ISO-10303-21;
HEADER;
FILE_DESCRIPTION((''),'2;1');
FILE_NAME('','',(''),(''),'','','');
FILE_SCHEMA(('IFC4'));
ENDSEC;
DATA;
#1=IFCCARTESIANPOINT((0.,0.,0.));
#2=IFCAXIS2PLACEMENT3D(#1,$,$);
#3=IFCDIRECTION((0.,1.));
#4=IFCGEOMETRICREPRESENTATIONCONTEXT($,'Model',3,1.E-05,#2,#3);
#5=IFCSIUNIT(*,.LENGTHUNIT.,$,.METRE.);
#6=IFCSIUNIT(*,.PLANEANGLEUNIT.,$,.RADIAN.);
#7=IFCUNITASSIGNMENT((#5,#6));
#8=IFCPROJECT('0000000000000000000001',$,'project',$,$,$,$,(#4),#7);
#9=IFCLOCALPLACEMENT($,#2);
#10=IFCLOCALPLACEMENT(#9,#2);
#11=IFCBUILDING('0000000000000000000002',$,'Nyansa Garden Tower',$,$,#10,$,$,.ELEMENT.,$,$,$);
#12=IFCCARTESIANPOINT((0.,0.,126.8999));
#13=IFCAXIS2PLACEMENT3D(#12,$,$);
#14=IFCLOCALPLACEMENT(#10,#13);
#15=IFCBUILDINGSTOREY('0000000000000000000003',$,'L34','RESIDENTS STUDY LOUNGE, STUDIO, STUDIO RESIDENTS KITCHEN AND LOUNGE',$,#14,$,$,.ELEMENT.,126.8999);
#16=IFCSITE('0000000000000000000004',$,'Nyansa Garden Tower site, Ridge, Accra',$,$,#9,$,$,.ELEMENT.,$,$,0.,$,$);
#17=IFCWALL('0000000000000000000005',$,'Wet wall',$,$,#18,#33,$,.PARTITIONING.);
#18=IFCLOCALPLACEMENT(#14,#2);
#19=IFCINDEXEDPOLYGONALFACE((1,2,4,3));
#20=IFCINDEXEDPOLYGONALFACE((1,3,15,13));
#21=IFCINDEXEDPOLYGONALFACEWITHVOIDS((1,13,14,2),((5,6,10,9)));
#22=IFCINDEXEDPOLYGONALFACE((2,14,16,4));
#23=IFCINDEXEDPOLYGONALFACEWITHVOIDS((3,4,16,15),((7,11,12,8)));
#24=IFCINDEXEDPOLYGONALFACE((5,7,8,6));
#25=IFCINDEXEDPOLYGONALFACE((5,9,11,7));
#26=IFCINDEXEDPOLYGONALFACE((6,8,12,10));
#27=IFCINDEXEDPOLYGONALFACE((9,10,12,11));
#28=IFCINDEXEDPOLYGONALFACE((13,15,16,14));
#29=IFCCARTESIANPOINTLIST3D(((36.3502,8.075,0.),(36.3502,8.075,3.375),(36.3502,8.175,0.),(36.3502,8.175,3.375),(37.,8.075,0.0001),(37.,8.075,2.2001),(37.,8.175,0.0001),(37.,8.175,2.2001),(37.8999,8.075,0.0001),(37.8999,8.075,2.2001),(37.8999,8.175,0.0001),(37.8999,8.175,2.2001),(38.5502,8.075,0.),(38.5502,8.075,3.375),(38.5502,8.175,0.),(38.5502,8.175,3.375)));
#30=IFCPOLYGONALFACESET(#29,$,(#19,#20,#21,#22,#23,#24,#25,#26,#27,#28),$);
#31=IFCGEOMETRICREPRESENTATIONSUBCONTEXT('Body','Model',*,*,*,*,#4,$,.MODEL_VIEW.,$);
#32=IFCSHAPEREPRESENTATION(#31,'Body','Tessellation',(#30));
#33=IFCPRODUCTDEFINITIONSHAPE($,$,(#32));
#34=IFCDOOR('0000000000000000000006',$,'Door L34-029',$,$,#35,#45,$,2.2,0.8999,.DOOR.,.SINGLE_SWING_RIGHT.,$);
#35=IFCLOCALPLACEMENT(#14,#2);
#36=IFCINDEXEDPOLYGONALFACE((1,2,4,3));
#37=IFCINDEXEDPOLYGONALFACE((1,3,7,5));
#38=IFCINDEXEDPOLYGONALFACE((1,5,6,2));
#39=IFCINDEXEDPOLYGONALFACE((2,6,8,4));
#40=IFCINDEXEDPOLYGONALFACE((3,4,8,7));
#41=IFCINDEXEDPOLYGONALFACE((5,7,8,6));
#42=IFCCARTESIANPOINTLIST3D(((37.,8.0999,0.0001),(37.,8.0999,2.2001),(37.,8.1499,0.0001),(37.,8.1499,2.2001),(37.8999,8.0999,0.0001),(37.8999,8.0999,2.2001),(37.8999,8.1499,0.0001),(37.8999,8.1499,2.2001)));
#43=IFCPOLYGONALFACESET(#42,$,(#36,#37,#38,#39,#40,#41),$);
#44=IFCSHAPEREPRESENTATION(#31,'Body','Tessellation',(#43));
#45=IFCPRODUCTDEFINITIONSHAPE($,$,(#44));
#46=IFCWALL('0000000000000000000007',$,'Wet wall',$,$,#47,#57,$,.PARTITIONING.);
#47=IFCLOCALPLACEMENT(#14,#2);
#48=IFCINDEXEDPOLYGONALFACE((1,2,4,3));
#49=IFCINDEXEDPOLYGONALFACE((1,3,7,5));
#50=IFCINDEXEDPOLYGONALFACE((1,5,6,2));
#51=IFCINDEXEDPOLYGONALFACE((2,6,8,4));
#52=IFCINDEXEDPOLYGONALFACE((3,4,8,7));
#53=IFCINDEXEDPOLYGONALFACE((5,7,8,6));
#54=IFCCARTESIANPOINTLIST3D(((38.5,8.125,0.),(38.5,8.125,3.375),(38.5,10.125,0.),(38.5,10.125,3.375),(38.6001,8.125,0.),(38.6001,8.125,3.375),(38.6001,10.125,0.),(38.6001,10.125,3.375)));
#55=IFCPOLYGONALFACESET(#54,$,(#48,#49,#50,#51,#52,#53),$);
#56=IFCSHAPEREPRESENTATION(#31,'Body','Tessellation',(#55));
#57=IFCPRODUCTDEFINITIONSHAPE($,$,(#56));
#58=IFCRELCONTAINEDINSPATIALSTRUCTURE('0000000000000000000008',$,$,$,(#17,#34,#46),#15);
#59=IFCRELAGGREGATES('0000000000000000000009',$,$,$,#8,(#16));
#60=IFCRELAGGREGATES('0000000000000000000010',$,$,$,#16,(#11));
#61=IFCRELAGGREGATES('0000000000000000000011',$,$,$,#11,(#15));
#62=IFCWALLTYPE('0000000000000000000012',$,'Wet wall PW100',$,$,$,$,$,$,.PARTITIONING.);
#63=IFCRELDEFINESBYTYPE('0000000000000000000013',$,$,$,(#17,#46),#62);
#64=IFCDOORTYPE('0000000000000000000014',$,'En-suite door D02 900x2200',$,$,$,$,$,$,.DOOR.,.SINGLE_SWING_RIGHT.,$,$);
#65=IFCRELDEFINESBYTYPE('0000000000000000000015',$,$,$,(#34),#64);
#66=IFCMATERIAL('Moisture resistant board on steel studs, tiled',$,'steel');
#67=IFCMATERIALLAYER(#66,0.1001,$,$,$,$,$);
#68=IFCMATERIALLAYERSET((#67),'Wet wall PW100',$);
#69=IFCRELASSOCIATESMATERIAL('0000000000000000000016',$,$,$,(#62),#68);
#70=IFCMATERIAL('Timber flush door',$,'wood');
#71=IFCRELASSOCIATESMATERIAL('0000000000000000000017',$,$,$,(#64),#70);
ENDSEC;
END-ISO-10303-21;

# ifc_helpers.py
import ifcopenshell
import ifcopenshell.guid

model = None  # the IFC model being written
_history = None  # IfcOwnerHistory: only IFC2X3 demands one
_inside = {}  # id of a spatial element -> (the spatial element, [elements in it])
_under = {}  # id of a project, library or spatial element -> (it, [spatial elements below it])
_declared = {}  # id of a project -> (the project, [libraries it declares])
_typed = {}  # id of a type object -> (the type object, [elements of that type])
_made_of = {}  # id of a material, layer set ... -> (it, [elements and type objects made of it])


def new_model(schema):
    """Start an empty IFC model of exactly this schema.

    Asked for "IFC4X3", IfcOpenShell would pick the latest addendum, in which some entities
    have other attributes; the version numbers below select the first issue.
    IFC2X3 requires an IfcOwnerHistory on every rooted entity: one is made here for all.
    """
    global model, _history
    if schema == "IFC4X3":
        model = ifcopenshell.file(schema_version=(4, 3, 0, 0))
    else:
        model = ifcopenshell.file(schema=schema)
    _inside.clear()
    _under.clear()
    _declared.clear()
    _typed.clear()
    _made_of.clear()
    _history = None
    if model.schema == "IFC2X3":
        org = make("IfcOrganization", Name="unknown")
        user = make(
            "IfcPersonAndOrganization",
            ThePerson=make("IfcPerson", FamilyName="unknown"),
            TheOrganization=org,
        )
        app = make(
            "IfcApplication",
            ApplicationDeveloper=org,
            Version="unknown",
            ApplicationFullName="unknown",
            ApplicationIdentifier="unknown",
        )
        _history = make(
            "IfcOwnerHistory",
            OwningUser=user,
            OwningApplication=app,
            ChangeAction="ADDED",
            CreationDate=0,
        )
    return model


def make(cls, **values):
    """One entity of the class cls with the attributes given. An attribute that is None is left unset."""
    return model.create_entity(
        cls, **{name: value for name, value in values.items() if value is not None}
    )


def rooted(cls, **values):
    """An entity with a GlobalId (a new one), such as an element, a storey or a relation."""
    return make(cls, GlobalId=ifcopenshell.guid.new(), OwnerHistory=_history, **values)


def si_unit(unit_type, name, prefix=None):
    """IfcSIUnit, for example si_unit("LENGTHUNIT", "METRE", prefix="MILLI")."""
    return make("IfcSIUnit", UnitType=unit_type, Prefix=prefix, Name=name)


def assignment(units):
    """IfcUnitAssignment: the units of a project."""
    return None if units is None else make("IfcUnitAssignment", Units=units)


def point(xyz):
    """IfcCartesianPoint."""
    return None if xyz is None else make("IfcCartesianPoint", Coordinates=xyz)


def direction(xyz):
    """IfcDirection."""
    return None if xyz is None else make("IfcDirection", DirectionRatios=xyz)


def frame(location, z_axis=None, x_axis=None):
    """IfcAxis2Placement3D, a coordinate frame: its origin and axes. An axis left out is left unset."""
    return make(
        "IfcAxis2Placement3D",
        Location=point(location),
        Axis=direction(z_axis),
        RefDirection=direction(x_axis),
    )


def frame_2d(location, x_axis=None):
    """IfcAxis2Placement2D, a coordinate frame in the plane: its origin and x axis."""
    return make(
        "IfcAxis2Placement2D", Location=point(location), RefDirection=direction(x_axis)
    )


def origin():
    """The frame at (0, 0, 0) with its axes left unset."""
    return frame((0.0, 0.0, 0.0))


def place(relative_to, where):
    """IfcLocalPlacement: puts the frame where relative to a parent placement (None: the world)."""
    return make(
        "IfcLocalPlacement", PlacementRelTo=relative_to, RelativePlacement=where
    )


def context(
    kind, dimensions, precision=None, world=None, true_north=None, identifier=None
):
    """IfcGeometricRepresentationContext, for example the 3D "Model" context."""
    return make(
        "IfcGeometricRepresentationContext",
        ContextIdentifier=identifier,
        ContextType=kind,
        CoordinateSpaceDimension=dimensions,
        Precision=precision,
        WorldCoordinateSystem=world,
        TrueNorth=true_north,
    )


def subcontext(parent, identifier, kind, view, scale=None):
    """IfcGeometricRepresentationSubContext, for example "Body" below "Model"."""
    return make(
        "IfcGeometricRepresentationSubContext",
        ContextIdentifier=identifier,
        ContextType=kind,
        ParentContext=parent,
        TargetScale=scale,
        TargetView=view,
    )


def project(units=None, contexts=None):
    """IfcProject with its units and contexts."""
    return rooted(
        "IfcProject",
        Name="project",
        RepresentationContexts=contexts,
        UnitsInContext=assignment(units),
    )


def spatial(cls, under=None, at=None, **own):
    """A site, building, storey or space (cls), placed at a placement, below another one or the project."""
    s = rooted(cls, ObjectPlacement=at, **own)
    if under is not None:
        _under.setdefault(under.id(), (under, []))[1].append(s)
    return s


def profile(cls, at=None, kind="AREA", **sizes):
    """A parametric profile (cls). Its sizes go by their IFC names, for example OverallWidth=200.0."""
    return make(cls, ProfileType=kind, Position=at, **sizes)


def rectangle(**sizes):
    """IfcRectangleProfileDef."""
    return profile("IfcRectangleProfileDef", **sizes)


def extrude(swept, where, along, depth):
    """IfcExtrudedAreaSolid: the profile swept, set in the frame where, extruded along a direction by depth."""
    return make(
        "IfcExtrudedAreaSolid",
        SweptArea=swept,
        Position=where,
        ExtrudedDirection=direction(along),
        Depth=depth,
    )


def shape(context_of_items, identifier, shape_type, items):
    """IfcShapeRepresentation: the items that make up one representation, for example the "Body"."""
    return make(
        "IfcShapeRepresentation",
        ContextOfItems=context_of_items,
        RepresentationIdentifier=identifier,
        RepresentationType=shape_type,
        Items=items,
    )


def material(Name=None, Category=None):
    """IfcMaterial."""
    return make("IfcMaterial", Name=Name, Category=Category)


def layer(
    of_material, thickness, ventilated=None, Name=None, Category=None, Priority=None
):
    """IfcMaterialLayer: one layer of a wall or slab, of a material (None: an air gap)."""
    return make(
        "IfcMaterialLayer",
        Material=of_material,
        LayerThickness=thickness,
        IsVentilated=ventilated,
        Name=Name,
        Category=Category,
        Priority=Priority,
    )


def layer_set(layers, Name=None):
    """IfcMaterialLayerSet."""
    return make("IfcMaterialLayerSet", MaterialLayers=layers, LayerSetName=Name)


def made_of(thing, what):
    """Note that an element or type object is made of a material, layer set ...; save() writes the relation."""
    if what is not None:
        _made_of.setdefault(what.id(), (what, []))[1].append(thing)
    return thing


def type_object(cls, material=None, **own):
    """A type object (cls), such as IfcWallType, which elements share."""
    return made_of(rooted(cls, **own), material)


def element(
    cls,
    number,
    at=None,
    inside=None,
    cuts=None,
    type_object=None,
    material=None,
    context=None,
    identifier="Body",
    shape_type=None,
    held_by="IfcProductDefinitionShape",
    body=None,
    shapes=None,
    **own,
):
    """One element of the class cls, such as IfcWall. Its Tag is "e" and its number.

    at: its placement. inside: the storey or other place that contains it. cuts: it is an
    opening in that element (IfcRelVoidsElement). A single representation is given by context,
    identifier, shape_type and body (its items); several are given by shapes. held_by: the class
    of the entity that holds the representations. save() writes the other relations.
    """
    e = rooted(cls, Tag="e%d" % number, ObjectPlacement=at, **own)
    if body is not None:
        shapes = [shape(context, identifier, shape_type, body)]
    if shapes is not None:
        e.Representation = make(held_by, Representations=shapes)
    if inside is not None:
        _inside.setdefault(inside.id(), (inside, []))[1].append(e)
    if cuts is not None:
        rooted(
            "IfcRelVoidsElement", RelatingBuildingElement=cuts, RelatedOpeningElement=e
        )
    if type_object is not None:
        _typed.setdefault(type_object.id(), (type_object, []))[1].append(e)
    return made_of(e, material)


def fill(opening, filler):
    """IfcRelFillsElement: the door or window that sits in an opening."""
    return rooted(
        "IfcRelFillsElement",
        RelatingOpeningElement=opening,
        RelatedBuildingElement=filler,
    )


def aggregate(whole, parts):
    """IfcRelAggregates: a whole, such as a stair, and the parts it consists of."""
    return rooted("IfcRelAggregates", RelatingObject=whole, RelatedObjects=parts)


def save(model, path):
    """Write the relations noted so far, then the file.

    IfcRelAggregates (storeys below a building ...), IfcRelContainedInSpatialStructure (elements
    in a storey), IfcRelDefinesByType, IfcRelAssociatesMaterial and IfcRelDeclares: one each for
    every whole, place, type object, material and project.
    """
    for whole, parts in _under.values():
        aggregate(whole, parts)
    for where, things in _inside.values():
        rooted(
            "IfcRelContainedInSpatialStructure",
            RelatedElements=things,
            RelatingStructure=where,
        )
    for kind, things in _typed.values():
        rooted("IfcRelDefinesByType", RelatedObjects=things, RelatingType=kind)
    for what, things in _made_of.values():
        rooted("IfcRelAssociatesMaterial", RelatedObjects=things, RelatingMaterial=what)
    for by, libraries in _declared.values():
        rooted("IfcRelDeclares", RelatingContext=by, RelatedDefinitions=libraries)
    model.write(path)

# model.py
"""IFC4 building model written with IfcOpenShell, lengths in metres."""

from ifc_helpers import new_model, si_unit, direction, frame, frame_2d, origin, place, context, subcontext, project, spatial, rectangle, extrude, material, layer, layer_set, type_object, element, fill, save


model = new_model("IFC4")

# Units and contexts
model_context = context("Model", 3, precision=1e-05, world=origin(), true_north=direction((0.0, 1.0)))
body_context = subcontext(model_context, "Body", "Model", "MODEL_VIEW")
ifc_project = project(units=[si_unit("LENGTHUNIT", "METRE"), si_unit("PLANEANGLEUNIT", "RADIAN")], contexts=[model_context])

# Site, building, storey
site_placement = place(None, origin())
site = spatial("IfcSite", under=ifc_project, at=site_placement, Name="Nyansa Garden Tower site, Ridge, Accra", CompositionType="ELEMENT", RefElevation=0.0)
building_placement = place(site_placement, origin())
building = spatial("IfcBuilding", under=site, at=building_placement, Name="Nyansa Garden Tower", CompositionType="ELEMENT")
storey_placement = place(building_placement, frame((0.0, 0.0, 126.8999)))
storey = spatial("IfcBuildingStorey", under=building, at=storey_placement, Name="L34", Description="RESIDENTS STUDY LOUNGE, STUDIO, STUDIO RESIDENTS KITCHEN AND LOUNGE", CompositionType="ELEMENT", Elevation=126.8999)

# Wall, opening, door
ifc_material_1 = material(Name="Moisture resistant board on steel studs, tiled", Category="steel")
ifc_layer_1 = layer(ifc_material_1, 0.1001)
ifc_layer_set_1 = layer_set([ifc_layer_1], Name="Wet wall PW100")
wall_type_1 = type_object("IfcWallType", Name="Wet wall PW100", PredefinedType="PARTITIONING", material=ifc_layer_set_1)
wall_1_placement = place(storey_placement, frame((36.3501, 8.125, 0.0), z_axis=(0.0, 0.0, 1.0), x_axis=(1.0, 0.0, 0.0)))
wall_1 = element("IfcWall", 1, at=wall_1_placement, inside=storey, type_object=wall_type_1, Name="Wet wall", PredefinedType="PARTITIONING", context=body_context, shape_type="SweptSolid", body=[
    extrude(rectangle(XDim=2.2, YDim=0.1001, at=frame_2d((1.1001, 0.0))), origin(), (0.0, 0.0, 1.0), 3.375),
])
opening_1_placement = place(wall_1_placement, frame((0.6499, 0.0, 0.0)))
opening_1 = element("IfcOpeningElement", 2, at=opening_1_placement, cuts=wall_1, PredefinedType="OPENING", context=body_context, shape_type="SweptSolid", body=[
    extrude(rectangle(XDim=0.8999, YDim=2.2, at=frame_2d((0.45, 1.1001))), frame((0.0, 0.0601, 0.0), z_axis=(0.0, -1.0, 0.0), x_axis=(1.0, 0.0, 0.0)), (0.0, 0.0, 1.0), 0.1201),
])
ifc_material_2 = material(Name="Timber flush door", Category="wood")
door_type_1 = type_object("IfcDoorType", Name="En-suite door D02 900x2200", OperationType="SINGLE_SWING_RIGHT", PredefinedType="DOOR", material=ifc_material_2)
door_1_placement = place(opening_1_placement, origin())
door_1 = element("IfcDoor", 3, at=door_1_placement, inside=storey, type_object=door_type_1, Name="Door L34-029", OperationType="SINGLE_SWING_RIGHT", OverallHeight=2.2, OverallWidth=0.8999, PredefinedType="DOOR", context=body_context, shape_type="SweptSolid", body=[
    extrude(rectangle(XDim=0.8999, YDim=2.2, at=frame_2d((0.45, 1.1001))), frame((0.0, 0.0249, 0.0), z_axis=(0.0, -1.0, 0.0), x_axis=(1.0, 0.0, 0.0)), (0.0, 0.0, 1.0), 0.05),
])
fill(opening_1, door_1)

# Wall
wall_2_placement = place(storey_placement, frame((38.55, 8.125, 0.0), z_axis=(0.0, 0.0, 1.0), x_axis=(0.0, 1.0, 0.0)))
element("IfcWall", 4, at=wall_2_placement, inside=storey, type_object=wall_type_1, Name="Wet wall", PredefinedType="PARTITIONING", context=body_context, shape_type="SweptSolid", body=[
    extrude(rectangle(XDim=2.0, YDim=0.1001, at=frame_2d((1.0, 0.0))), origin(), (0.0, 0.0, 1.0), 3.375),
])

save(model, "model.ifc")
